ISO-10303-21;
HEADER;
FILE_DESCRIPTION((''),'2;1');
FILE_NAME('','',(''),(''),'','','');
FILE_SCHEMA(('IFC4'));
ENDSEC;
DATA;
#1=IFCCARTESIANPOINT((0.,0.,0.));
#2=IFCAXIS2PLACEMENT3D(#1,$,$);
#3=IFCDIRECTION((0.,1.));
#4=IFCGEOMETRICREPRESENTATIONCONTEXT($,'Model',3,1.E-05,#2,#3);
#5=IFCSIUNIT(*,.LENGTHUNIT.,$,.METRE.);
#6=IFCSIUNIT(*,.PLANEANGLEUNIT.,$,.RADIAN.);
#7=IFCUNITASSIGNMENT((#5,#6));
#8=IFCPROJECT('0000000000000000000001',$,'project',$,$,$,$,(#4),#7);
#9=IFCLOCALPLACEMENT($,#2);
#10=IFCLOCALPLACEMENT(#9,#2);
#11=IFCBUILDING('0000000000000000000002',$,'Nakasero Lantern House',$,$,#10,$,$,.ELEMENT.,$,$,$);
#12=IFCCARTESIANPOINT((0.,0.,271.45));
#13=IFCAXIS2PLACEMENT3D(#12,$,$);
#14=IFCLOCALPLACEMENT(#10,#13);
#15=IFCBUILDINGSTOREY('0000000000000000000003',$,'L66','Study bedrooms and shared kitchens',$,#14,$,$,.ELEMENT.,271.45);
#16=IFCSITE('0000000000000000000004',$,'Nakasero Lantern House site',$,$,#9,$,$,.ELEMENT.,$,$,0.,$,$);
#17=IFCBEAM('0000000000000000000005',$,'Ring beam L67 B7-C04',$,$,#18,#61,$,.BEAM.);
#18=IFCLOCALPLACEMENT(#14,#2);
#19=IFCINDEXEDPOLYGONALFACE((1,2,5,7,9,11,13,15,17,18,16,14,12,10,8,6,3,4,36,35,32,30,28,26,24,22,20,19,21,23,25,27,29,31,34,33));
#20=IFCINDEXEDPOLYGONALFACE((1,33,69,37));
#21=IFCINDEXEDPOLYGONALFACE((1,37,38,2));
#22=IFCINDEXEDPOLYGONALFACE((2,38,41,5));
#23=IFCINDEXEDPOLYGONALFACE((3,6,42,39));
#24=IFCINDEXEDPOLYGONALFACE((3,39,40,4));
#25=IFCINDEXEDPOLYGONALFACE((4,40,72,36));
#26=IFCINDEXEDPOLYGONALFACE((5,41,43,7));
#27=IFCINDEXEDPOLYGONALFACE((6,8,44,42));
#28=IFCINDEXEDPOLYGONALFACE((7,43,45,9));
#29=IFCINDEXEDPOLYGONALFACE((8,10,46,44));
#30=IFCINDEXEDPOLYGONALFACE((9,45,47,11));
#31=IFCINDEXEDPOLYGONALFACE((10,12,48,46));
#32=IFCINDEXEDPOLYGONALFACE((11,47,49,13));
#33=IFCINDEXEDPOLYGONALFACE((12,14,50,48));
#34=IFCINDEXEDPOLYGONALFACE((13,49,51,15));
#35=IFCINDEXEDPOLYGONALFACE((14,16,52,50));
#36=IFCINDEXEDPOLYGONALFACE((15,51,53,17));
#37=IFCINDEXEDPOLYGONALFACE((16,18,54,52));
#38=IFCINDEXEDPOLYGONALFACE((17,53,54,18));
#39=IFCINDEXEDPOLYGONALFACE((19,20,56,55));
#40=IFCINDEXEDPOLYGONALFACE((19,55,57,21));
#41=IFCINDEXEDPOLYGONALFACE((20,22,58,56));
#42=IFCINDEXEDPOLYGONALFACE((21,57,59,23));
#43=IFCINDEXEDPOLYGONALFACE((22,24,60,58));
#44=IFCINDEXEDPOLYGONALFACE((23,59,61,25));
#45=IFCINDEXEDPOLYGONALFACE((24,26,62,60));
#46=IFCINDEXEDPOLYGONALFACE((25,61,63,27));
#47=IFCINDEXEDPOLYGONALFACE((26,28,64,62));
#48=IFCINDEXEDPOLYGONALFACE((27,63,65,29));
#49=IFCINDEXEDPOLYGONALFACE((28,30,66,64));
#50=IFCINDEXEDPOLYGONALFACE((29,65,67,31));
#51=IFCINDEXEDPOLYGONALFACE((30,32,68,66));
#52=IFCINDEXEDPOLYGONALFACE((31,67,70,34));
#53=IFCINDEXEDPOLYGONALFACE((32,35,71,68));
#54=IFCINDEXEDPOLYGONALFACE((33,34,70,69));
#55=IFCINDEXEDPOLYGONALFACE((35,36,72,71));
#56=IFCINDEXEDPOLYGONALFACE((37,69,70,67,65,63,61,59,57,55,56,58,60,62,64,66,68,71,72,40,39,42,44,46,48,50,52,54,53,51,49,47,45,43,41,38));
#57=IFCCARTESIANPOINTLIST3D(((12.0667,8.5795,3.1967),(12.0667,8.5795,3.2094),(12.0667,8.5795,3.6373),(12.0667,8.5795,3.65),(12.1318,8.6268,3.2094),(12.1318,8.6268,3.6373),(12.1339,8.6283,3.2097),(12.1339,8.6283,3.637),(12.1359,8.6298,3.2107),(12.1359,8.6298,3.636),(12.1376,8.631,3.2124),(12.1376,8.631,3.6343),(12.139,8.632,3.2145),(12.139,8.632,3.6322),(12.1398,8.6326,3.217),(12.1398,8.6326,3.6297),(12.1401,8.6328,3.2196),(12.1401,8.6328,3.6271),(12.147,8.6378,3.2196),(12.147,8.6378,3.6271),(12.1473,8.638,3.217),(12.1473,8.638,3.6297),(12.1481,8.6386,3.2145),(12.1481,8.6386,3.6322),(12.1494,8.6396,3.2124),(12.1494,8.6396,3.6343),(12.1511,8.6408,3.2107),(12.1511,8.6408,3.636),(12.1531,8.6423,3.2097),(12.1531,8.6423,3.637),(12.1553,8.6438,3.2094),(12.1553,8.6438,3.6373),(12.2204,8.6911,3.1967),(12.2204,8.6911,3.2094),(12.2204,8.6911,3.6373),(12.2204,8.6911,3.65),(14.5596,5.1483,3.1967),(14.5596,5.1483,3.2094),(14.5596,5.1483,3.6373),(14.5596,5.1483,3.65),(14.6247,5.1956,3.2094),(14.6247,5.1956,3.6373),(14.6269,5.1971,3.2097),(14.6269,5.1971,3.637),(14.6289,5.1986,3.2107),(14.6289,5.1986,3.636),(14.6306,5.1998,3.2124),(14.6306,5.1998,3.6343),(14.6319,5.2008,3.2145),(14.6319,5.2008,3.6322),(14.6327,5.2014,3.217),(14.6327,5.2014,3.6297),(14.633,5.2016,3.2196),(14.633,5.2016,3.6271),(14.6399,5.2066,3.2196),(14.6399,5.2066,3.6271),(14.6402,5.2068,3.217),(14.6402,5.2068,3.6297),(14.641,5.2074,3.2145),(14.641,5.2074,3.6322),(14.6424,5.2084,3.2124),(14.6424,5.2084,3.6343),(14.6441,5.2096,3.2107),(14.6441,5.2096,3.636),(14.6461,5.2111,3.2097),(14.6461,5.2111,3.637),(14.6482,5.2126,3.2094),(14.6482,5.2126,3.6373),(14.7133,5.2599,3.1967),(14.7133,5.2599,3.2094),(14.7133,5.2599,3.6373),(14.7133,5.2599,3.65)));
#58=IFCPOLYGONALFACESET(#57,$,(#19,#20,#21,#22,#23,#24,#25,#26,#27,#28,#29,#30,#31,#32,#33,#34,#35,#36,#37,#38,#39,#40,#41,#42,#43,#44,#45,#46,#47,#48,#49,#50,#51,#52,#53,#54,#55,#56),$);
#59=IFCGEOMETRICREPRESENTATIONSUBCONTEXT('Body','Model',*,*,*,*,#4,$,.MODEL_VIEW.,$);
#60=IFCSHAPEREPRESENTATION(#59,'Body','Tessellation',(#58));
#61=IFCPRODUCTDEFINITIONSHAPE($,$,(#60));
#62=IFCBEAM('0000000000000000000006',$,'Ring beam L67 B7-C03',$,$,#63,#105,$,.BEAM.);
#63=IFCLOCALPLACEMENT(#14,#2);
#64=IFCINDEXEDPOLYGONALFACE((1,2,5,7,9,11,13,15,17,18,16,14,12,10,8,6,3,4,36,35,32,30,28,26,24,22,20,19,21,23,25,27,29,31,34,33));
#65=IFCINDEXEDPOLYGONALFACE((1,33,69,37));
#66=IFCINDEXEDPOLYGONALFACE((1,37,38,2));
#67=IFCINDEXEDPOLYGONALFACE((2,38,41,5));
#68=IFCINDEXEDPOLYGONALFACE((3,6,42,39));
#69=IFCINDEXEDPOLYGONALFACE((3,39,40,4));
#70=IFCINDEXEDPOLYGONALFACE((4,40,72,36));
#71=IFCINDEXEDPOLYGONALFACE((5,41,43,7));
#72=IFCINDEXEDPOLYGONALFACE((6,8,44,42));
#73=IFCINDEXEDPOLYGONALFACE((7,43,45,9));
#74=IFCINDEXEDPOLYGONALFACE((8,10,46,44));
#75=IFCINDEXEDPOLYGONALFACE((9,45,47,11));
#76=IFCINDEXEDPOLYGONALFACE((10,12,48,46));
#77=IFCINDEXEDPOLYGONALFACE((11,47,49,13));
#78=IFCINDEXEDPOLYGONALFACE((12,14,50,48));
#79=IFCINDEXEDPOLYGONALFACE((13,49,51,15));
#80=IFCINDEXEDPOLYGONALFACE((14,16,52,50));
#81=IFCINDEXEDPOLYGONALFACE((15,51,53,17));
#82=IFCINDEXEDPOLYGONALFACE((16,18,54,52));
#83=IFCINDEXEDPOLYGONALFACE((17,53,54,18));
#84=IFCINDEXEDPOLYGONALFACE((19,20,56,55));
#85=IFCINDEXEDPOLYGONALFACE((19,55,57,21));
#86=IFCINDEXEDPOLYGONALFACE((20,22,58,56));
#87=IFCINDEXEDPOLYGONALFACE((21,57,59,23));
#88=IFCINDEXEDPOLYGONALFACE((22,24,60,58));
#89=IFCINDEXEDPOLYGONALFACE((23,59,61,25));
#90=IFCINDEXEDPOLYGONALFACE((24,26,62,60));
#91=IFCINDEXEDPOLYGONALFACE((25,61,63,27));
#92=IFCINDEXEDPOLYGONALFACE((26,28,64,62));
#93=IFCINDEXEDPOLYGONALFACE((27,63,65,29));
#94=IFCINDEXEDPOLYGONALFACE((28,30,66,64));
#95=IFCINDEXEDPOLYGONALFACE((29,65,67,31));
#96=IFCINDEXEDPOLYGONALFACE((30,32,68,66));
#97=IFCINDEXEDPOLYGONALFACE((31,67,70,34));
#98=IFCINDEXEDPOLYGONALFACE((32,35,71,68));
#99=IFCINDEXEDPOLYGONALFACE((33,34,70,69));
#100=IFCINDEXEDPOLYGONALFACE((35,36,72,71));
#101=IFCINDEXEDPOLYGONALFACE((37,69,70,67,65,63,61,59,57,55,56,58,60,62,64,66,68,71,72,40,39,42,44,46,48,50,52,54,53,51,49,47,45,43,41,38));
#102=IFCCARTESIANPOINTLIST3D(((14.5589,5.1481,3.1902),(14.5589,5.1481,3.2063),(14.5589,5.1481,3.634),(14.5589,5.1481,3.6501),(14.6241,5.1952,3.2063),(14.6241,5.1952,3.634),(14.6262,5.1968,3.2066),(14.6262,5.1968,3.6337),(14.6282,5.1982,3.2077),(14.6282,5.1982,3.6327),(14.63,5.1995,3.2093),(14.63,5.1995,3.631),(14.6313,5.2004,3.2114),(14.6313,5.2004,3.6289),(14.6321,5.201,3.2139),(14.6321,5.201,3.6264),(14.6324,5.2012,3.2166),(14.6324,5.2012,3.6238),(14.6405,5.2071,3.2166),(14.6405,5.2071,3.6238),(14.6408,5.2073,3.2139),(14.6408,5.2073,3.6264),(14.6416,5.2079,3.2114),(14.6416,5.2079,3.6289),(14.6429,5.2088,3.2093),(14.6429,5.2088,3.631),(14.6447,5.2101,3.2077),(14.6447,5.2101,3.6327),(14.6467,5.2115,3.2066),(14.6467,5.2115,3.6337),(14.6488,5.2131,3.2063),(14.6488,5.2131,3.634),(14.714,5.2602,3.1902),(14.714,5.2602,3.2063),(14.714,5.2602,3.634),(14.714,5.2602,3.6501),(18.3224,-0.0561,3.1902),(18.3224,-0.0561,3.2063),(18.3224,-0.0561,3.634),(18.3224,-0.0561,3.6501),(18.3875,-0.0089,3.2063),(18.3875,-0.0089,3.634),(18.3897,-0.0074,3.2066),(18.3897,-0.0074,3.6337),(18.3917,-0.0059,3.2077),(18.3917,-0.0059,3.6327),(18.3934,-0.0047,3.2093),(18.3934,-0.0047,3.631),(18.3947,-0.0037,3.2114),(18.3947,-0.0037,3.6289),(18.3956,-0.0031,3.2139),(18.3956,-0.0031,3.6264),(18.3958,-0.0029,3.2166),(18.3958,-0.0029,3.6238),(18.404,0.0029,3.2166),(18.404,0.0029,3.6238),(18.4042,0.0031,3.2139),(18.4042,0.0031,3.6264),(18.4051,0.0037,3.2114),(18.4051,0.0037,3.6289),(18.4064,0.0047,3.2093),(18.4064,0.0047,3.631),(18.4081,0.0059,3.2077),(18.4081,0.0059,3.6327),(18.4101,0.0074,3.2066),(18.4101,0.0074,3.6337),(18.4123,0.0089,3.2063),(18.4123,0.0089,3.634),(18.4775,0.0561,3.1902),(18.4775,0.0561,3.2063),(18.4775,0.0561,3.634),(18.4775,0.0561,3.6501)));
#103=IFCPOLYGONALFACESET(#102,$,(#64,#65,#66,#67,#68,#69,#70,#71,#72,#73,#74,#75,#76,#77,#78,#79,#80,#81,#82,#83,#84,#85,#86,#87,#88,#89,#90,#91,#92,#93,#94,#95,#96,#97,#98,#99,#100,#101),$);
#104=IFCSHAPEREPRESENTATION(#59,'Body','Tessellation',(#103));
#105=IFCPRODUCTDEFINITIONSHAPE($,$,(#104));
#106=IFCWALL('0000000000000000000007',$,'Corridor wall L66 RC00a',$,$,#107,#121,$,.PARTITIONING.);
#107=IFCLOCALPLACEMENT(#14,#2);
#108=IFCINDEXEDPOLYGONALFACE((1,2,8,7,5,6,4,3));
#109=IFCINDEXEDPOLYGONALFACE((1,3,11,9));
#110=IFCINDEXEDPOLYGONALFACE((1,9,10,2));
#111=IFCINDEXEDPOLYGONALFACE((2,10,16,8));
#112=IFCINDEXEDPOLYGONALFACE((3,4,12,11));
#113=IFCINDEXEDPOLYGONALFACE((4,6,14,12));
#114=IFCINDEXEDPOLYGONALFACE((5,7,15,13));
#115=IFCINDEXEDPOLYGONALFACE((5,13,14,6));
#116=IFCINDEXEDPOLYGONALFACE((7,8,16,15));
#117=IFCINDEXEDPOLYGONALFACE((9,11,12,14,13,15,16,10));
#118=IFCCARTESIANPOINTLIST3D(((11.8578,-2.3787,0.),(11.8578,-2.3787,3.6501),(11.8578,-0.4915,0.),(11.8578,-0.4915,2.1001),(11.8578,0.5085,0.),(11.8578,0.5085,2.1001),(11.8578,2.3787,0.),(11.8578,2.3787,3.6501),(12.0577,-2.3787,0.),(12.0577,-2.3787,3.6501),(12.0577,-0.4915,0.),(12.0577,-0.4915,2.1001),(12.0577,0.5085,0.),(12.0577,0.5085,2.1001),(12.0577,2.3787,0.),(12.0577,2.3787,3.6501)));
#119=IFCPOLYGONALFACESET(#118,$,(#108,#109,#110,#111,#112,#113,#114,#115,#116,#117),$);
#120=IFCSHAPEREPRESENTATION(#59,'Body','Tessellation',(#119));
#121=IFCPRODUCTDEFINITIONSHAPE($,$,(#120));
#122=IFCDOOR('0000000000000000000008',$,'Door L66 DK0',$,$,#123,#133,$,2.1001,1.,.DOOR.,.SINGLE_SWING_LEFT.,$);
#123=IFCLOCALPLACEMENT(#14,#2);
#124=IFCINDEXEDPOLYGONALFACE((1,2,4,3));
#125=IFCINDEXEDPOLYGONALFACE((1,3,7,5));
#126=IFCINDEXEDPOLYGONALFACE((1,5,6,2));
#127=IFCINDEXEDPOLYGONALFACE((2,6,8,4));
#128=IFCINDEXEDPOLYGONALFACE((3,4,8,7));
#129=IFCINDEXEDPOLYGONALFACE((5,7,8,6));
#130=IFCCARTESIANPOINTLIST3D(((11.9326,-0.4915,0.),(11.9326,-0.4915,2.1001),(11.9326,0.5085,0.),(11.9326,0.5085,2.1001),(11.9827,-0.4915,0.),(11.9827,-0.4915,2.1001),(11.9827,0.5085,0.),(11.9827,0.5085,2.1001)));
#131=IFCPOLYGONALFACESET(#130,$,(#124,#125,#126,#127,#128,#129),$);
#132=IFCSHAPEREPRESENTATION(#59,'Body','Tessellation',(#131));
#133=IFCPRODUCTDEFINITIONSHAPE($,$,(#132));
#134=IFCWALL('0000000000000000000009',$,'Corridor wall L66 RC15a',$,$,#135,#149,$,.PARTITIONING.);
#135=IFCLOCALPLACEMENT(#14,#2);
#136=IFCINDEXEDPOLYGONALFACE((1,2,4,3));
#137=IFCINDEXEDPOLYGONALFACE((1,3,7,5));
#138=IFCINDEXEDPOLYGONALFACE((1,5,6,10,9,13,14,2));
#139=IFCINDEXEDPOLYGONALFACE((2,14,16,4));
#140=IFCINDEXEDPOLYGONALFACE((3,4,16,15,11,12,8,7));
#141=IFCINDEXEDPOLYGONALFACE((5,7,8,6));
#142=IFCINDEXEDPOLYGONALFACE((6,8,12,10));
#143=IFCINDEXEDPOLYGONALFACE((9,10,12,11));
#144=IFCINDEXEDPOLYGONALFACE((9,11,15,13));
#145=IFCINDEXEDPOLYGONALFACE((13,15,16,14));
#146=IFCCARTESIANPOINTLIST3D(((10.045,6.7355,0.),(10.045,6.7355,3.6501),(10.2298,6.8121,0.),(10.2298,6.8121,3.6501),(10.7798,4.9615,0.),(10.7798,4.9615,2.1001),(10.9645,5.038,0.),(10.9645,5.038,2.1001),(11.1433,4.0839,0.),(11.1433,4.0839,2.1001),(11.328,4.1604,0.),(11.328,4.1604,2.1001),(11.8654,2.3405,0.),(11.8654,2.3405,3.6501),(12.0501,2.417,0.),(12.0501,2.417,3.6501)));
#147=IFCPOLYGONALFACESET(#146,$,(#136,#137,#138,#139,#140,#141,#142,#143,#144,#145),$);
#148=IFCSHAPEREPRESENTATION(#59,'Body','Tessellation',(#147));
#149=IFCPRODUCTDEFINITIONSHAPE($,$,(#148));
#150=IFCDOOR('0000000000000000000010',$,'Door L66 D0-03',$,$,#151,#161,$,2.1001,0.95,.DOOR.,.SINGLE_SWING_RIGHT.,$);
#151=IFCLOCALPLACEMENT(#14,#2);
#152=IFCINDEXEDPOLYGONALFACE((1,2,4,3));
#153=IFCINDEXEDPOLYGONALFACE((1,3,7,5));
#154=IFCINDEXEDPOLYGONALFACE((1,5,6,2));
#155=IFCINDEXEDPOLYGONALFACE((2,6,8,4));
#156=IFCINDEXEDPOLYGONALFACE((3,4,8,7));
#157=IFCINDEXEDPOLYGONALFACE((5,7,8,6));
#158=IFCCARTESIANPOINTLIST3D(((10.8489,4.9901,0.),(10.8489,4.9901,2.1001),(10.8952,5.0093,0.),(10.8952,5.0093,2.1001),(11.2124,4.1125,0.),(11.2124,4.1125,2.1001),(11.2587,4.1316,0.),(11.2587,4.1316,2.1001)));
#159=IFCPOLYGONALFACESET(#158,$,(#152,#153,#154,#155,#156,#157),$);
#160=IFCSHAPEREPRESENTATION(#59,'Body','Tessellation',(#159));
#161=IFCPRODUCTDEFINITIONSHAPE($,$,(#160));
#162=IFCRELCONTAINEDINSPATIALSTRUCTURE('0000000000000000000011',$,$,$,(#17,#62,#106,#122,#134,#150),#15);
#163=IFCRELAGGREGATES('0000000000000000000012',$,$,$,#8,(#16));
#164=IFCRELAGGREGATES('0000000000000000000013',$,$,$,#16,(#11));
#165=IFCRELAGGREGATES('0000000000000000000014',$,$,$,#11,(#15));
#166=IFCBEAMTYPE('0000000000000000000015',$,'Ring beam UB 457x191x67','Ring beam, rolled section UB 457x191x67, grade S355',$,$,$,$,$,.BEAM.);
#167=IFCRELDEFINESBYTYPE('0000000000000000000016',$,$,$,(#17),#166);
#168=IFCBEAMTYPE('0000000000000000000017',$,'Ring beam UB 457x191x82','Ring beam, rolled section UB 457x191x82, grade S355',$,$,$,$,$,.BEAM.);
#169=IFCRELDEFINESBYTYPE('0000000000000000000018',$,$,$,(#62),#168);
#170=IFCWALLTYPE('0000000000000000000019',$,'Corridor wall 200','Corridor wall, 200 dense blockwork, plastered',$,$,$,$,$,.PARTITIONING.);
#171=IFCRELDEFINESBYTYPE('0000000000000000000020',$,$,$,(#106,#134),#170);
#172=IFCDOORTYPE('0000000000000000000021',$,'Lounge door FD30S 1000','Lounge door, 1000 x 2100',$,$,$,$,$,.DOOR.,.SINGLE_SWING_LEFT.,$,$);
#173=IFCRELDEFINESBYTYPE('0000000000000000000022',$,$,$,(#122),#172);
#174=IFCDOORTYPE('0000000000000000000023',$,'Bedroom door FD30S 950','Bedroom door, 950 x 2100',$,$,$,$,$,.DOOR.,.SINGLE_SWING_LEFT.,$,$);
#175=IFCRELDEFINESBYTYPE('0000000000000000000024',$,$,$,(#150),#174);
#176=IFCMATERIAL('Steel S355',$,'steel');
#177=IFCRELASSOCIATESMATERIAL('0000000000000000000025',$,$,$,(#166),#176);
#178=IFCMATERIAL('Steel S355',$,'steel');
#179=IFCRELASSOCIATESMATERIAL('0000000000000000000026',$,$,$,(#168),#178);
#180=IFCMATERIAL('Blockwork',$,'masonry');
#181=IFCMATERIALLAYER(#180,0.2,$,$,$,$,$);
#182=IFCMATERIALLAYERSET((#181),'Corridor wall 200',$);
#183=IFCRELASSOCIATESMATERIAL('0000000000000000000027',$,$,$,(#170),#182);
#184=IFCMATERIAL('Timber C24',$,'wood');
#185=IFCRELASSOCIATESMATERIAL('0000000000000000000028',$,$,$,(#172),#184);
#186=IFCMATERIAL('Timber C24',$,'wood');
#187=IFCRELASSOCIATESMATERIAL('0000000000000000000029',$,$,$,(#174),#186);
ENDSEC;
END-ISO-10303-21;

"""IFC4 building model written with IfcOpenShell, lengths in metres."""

from ifc_helpers import new_model, si_unit, direction, frame, frame_2d, origin, origin_2d, place, context, subcontext, project, spatial, rectangle, i_section, extrude, material, layer, layer_set, material_profile, profile_set, type_object, element, fill, save


model = new_model("IFC4")

# Units and contexts
model_context = context("Model", 3, precision=1e-05, world=origin(), true_north=direction((0.0, 1.0)))
body_context = subcontext(model_context, "Body", "Model", "MODEL_VIEW")
ifc_project = project(units=[si_unit("LENGTHUNIT", "METRE"), si_unit("PLANEANGLEUNIT", "RADIAN")], contexts=[model_context])

# Site, building, storey
site_placement = place(None, origin())
site = spatial("IfcSite", under=ifc_project, at=site_placement, Name="Nakasero Lantern House site", CompositionType="ELEMENT", RefElevation=0.0)
building_placement = place(site_placement, origin())
building = spatial("IfcBuilding", under=site, at=building_placement, Name="Nakasero Lantern House", CompositionType="ELEMENT")
storey_placement = place(building_placement, frame((0.0, 0.0, 271.45)))
storey = spatial("IfcBuildingStorey", under=building, at=storey_placement, Name="L66", Description="Study bedrooms and shared kitchens", CompositionType="ELEMENT", Elevation=271.45)

# Beams
ifc_material_1 = material(Name="Steel S355", Category="steel")
ifc_material_profile_1 = material_profile(ifc_material_1, i_section(OverallWidth=0.1899, OverallDepth=0.4534, WebThickness=0.0085, FlangeThickness=0.0127, FilletRadius=0.0103, at=origin_2d()), Name="UB 457x191x67")
ifc_profile_set_1 = profile_set([ifc_material_profile_1], Name="Steel S355")
beam_type_1 = type_object("IfcBeamType", Name="Ring beam UB 457x191x67", Description="Ring beam, rolled section UB 457x191x67, grade S355", PredefinedType="BEAM", material=ifc_profile_set_1)
beam_1_placement = place(storey_placement, frame((14.6365, 5.2041, 3.4233), z_axis=(-0.587792, 0.809012, 0.0), x_axis=(-0.809012, -0.587792, 0.0)))
element("IfcBeam", 1, at=beam_1_placement, inside=storey, type_object=beam_type_1, Name="Ring beam L67 B7-C04", PredefinedType="BEAM", context=body_context, shape_type="SweptSolid", body=[
    extrude(i_section(OverallWidth=0.1899, OverallDepth=0.4534, WebThickness=0.0085, FlangeThickness=0.0127, FilletRadius=0.0103, at=origin_2d()), origin(), (0.0, 0.0, 1.0), 4.2412),
])
ifc_material_2 = material(Name="Steel S355", Category="steel")
ifc_material_profile_2 = material_profile(ifc_material_2, i_section(OverallWidth=0.1914, OverallDepth=0.46, WebThickness=0.01, FlangeThickness=0.0161, FilletRadius=0.0103, at=origin_2d()), Name="UB 457x191x82")
ifc_profile_set_2 = profile_set([ifc_material_profile_2], Name="Steel S355")
beam_type_2 = type_object("IfcBeamType", Name="Ring beam UB 457x191x82", Description="Ring beam, rolled section UB 457x191x82, grade S355", PredefinedType="BEAM", material=ifc_profile_set_2)
beam_2_placement = place(storey_placement, frame((18.3999, 0.0, 3.4202), z_axis=(-0.585993, 0.810316, 0.0), x_axis=(-0.810316, -0.585993, 0.0)))
element("IfcBeam", 2, at=beam_2_placement, inside=storey, type_object=beam_type_2, Name="Ring beam L67 B7-C03", PredefinedType="BEAM", context=body_context, shape_type="SweptSolid", body=[
    extrude(i_section(OverallWidth=0.1914, OverallDepth=0.46, WebThickness=0.01, FlangeThickness=0.0161, FilletRadius=0.0103, at=origin_2d()), origin(), (0.0, 0.0, 1.0), 6.4224),
])

# Walls, openings, doors
ifc_material_3 = material(Name="Blockwork", Category="masonry")
ifc_layer_1 = layer(ifc_material_3, 0.2)
ifc_layer_set_1 = layer_set([ifc_layer_1], Name="Corridor wall 200")
wall_type_1 = type_object("IfcWallType", Name="Corridor wall 200", Description="Corridor wall, 200 dense blockwork, plastered", PredefinedType="PARTITIONING", material=ifc_layer_set_1)
wall_1_placement = place(storey_placement, frame((11.9578, 2.3787, 0.0), z_axis=(0.0, 0.0, 1.0), x_axis=(0.0, -1.0, 0.0)))
wall_1 = element("IfcWall", 3, at=wall_1_placement, inside=storey, type_object=wall_type_1, Name="Corridor wall L66 RC00a", PredefinedType="PARTITIONING", context=body_context, shape_type="SweptSolid", body=[
    extrude(rectangle(XDim=4.7573, YDim=0.2, at=frame_2d((2.3787, 0.0))), origin(), (0.0, 0.0, 1.0), 3.6501),
])
opening_1_placement = place(wall_1_placement, frame((1.8701, 0.0, 0.0)))
opening_1 = element("IfcOpeningElement", 4, at=opening_1_placement, cuts=wall_1, PredefinedType="OPENING", context=body_context, shape_type="SweptSolid", body=[
    extrude(rectangle(XDim=1.0, YDim=2.1001, at=frame_2d((0.5, 1.05))), frame((0.0, 0.1199, 0.0), z_axis=(0.0, -1.0, 0.0), x_axis=(1.0, 0.0, 0.0)), (0.0, 0.0, 1.0), 0.24),
])
ifc_material_4 = material(Name="Timber C24", Category="wood")
door_type_1 = type_object("IfcDoorType", Name="Lounge door FD30S 1000", Description="Lounge door, 1000 x 2100", OperationType="SINGLE_SWING_LEFT", PredefinedType="DOOR", material=ifc_material_4)
door_1_placement = place(opening_1_placement, origin())
door_1 = element("IfcDoor", 5, at=door_1_placement, inside=storey, type_object=door_type_1, Name="Door L66 DK0", OperationType="SINGLE_SWING_LEFT", OverallHeight=2.1001, OverallWidth=1.0, PredefinedType="DOOR", context=body_context, shape_type="SweptSolid", body=[
    extrude(rectangle(XDim=1.0, YDim=2.1001, at=frame_2d((0.5, 1.05))), frame((0.0, 0.0249, 0.0), z_axis=(0.0, -1.0, 0.0), x_axis=(1.0, 0.0, 0.0)), (0.0, 0.0, 1.0), 0.05),
])
fill(opening_1, door_1)
wall_2_placement = place(storey_placement, frame((10.1375, 6.7737, 0.0), z_axis=(0.0, 0.0, 1.0), x_axis=(0.382654, -0.923892, 0.0)))
wall_2 = element("IfcWall", 6, at=wall_2_placement, inside=storey, type_object=wall_type_1, Name="Corridor wall L66 RC15a", PredefinedType="PARTITIONING", context=body_context, shape_type="SweptSolid", body=[
    extrude(rectangle(XDim=4.7571, YDim=0.2, at=frame_2d((2.3784, 0.0))), origin(), (0.0, 0.0, 1.0), 3.6501),
])
opening_2_placement = place(wall_2_placement, frame((1.9199, 0.0, 0.0)))
opening_2 = element("IfcOpeningElement", 7, at=opening_2_placement, cuts=wall_2, PredefinedType="OPENING", context=body_context, shape_type="SweptSolid", body=[
    extrude(rectangle(XDim=0.95, YDim=2.1001, at=frame_2d((0.4751, 1.05))), frame((0.0, 0.1199, 0.0), z_axis=(0.0, -1.0, 0.0), x_axis=(1.0, 0.0, 0.0)), (0.0, 0.0, 1.0), 0.24),
])
ifc_material_5 = material(Name="Timber C24", Category="wood")
door_type_2 = type_object("IfcDoorType", Name="Bedroom door FD30S 950", Description="Bedroom door, 950 x 2100", OperationType="SINGLE_SWING_LEFT", PredefinedType="DOOR", material=ifc_material_5)
door_2_placement = place(opening_2_placement, origin())
door_2 = element("IfcDoor", 8, at=door_2_placement, inside=storey, type_object=door_type_2, Name="Door L66 D0-03", OperationType="SINGLE_SWING_RIGHT", OverallHeight=2.1001, OverallWidth=0.95, PredefinedType="DOOR", context=body_context, shape_type="SweptSolid", body=[
    extrude(rectangle(XDim=0.95, YDim=2.1001, at=frame_2d((0.4751, 1.05))), frame((0.0, 0.0249, 0.0), z_axis=(0.0, -1.0, 0.0), x_axis=(1.0, 0.0, 0.0)), (0.0, 0.0, 1.0), 0.05),
])
fill(opening_2, door_2)

save(model, "model.ifc")
